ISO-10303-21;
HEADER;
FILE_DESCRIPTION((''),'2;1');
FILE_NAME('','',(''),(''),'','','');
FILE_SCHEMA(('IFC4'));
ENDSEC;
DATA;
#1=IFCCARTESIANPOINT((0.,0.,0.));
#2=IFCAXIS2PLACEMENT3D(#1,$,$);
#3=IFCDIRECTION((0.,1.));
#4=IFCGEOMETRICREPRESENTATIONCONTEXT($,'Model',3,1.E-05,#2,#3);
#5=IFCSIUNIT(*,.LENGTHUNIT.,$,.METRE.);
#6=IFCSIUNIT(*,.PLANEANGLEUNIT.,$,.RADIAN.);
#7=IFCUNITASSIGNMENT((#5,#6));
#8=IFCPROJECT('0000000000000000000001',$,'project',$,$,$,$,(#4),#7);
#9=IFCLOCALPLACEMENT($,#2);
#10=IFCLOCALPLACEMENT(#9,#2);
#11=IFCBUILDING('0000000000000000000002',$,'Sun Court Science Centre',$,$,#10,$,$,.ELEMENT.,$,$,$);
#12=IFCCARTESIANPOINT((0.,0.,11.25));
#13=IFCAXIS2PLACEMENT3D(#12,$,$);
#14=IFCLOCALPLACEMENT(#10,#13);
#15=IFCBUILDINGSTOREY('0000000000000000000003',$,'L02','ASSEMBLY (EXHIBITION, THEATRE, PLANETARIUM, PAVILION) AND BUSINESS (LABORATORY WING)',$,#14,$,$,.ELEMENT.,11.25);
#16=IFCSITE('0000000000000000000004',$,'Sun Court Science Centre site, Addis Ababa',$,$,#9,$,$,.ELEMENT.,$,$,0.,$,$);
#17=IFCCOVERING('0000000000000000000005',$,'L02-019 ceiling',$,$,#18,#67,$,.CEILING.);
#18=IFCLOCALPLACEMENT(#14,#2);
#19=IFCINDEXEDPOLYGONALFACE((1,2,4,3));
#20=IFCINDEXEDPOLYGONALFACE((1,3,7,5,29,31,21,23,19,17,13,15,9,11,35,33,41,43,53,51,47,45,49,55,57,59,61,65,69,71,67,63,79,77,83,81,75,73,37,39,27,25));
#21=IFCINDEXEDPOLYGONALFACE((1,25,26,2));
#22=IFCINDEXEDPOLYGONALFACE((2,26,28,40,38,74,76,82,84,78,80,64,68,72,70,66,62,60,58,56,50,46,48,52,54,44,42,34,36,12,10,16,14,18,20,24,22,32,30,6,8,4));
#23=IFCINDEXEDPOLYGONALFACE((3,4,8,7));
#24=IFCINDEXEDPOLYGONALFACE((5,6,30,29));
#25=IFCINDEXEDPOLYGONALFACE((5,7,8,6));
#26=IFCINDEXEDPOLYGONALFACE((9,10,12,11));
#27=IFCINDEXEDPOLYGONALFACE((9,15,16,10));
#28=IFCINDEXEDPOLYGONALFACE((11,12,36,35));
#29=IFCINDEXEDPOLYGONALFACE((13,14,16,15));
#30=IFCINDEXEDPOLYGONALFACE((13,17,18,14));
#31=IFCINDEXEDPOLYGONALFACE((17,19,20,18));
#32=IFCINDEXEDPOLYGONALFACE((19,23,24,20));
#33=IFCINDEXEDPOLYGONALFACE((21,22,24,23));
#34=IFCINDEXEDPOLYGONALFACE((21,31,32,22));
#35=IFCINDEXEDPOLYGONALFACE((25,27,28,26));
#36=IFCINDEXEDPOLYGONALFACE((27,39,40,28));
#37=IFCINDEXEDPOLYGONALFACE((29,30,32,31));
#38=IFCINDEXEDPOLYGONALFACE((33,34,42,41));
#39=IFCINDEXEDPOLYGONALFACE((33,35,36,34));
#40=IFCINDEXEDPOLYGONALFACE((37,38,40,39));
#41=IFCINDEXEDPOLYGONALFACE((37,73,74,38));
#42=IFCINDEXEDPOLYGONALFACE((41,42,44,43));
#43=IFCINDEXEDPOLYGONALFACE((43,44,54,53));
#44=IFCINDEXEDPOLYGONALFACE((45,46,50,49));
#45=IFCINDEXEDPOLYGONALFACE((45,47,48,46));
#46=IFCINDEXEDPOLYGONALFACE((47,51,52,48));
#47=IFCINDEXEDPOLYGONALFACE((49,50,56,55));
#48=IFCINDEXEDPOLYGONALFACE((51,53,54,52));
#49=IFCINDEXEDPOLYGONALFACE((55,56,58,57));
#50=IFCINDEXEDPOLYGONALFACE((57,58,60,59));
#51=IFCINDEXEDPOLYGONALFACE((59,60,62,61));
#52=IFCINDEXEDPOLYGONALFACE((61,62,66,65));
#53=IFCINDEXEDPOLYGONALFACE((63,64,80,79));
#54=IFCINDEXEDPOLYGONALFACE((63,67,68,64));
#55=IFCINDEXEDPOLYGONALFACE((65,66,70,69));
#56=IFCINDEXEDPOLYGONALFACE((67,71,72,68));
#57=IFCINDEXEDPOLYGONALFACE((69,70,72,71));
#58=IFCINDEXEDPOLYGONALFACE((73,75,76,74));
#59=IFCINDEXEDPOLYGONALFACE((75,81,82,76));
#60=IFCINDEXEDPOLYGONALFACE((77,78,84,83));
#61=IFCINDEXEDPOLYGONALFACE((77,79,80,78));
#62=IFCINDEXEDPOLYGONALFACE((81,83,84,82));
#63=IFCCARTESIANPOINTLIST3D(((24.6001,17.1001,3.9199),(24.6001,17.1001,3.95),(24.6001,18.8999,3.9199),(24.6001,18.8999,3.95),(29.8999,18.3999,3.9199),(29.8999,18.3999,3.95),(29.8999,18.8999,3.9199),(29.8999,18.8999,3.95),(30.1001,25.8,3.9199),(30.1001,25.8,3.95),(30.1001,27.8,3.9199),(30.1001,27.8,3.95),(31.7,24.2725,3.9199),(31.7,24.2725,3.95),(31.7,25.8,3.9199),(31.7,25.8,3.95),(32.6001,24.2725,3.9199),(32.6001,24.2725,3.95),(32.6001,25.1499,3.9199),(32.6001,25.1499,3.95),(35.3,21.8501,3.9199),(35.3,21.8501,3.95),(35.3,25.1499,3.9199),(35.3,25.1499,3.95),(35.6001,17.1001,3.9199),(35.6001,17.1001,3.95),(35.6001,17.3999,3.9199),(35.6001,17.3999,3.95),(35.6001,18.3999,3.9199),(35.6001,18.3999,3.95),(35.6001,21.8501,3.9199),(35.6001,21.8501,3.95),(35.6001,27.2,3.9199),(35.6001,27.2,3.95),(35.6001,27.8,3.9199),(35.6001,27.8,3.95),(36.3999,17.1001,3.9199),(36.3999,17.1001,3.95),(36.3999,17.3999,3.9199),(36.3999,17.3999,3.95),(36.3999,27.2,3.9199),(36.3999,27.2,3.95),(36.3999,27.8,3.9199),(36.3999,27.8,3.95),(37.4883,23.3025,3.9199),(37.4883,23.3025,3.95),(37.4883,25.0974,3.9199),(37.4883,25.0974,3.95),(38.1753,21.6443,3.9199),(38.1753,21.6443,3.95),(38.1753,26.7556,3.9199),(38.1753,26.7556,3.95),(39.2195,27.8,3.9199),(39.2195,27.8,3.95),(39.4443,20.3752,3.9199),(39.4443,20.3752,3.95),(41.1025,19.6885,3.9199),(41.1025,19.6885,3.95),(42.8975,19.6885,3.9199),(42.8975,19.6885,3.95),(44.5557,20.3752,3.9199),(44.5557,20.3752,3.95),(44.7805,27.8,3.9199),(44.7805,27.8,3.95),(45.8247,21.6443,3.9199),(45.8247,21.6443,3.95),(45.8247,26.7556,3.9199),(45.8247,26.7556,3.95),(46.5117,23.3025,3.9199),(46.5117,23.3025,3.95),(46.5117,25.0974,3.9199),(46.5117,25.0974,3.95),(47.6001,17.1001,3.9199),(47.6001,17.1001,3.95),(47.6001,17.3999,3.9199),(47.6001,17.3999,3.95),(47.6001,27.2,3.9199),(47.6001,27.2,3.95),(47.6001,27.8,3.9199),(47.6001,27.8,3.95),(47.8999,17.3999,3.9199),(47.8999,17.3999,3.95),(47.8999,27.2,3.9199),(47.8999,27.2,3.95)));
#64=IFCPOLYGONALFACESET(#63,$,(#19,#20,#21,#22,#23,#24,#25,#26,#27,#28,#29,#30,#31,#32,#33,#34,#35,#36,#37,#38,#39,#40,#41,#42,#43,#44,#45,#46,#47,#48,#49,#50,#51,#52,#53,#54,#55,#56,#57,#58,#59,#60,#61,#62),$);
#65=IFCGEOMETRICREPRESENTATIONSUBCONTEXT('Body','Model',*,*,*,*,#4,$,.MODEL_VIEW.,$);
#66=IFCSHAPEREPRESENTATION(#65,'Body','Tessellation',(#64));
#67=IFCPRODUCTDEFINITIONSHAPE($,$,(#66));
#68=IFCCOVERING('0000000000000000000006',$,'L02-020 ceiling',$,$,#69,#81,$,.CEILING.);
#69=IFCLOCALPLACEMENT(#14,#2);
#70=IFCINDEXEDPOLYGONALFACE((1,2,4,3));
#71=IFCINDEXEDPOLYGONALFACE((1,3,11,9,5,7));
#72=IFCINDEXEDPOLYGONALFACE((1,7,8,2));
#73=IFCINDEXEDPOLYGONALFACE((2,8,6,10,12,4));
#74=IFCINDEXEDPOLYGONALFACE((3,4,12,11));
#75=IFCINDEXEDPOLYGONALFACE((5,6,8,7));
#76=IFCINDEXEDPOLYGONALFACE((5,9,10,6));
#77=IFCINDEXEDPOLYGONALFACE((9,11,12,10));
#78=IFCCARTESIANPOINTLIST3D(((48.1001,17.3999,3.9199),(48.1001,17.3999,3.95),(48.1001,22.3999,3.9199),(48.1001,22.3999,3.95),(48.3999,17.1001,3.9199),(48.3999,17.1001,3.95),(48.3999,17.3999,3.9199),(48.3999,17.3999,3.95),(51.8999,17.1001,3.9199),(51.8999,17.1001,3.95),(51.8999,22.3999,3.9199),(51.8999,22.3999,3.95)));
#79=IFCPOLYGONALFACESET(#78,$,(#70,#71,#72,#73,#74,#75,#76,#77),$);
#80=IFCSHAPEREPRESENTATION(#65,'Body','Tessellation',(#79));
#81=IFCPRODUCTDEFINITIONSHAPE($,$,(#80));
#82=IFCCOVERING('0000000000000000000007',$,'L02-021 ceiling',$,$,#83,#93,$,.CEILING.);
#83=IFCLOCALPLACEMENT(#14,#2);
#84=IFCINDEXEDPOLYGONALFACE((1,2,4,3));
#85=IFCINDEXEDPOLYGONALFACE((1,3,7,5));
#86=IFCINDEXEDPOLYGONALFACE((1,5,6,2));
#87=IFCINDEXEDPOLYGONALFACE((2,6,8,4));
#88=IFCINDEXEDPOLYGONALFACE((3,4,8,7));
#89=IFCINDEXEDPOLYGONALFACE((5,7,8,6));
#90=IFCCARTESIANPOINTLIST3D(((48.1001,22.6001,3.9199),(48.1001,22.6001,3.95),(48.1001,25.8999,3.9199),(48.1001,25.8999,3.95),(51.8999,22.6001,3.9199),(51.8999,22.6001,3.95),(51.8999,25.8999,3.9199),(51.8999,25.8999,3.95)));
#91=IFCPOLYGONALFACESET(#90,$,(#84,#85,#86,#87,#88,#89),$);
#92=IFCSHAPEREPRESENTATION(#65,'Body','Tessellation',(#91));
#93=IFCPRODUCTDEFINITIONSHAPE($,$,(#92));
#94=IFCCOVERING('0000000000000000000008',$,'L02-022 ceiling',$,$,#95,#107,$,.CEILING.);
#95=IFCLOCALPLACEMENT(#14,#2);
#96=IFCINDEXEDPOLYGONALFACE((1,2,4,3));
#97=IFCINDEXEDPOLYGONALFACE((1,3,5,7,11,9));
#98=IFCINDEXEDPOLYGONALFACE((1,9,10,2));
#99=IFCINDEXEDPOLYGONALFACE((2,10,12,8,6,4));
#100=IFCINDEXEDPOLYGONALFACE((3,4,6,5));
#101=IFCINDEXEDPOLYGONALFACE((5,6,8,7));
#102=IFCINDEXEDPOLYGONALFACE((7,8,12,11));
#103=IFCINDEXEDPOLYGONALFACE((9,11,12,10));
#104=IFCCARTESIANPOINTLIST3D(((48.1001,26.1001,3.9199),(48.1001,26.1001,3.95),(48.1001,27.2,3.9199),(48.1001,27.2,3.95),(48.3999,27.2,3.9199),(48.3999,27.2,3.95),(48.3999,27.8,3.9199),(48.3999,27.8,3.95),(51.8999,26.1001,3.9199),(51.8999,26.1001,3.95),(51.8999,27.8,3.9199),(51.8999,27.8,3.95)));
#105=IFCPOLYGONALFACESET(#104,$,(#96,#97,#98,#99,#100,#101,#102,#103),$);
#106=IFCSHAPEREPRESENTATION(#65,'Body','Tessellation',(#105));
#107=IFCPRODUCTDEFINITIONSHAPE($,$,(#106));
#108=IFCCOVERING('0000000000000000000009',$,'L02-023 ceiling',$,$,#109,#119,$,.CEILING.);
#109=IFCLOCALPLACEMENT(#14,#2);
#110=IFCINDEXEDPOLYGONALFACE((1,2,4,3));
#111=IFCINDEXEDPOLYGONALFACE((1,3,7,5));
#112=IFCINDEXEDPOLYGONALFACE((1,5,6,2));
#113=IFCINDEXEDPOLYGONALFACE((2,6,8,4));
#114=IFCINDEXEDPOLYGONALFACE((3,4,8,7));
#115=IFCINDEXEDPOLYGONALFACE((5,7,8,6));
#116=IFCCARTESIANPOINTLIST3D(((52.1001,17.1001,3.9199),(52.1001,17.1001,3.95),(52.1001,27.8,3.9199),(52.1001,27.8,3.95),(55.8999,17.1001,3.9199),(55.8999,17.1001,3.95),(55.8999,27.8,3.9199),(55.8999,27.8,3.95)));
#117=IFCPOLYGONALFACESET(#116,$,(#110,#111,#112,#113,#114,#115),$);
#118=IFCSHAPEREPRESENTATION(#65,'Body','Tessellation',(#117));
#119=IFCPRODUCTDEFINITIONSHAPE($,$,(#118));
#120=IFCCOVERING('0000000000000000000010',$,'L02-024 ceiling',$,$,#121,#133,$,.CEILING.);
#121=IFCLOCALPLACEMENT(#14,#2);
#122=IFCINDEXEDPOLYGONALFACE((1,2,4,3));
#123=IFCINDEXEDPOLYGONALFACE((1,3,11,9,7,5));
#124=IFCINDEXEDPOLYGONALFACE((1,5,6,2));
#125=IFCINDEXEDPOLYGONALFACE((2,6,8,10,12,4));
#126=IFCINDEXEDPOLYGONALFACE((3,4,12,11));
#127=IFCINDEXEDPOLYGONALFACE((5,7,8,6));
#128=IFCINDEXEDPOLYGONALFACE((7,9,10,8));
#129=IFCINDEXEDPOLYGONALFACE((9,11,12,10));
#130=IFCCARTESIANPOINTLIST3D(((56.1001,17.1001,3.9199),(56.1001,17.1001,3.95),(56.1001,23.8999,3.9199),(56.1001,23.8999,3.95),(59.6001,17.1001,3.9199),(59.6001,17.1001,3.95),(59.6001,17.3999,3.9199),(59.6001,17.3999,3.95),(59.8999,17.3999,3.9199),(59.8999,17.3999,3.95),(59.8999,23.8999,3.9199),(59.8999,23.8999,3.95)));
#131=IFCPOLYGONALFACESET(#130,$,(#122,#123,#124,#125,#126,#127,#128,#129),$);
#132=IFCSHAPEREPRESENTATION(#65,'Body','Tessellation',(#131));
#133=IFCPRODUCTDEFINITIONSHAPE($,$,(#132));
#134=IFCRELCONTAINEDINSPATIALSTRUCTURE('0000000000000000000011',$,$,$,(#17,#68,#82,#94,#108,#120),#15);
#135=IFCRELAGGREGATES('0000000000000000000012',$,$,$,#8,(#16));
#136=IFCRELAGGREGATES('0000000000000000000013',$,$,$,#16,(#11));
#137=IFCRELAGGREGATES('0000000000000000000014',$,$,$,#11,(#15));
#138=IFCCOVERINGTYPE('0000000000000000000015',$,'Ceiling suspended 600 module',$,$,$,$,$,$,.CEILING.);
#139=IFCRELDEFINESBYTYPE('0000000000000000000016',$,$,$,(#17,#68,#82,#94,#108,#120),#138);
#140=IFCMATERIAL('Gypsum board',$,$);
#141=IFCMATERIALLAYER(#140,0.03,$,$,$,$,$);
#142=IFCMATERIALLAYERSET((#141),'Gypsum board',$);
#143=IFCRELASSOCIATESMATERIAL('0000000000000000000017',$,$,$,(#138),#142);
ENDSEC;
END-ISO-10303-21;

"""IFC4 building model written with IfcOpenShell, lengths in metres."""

from ifc_helpers import new_model, si_unit, direction, frame, origin, place, context, subcontext, project, spatial, polyline, outline, extrude, material, layer, layer_set, type_object, element, save


model = new_model("IFC4")

# Units and contexts
model_context = context("Model", 3, precision=1e-05, world=origin(), true_north=direction((0.0, 1.0)))
body_context = subcontext(model_context, "Body", "Model", "MODEL_VIEW")
ifc_project = project(units=[si_unit("LENGTHUNIT", "METRE"), si_unit("PLANEANGLEUNIT", "RADIAN")], contexts=[model_context])

# Site, building, storey
site_placement = place(None, origin())
site = spatial("IfcSite", under=ifc_project, at=site_placement, Name="Sun Court Science Centre site, Addis Ababa", CompositionType="ELEMENT", RefElevation=0.0)
building_placement = place(site_placement, origin())
building = spatial("IfcBuilding", under=site, at=building_placement, Name="Sun Court Science Centre", CompositionType="ELEMENT")
storey_placement = place(building_placement, frame((0.0, 0.0, 11.25)))
storey = spatial("IfcBuildingStorey", under=building, at=storey_placement, Name="L02", Description="ASSEMBLY (EXHIBITION, THEATRE, PLANETARIUM, PAVILION) AND BUSINESS (LABORATORY WING)", CompositionType="ELEMENT", Elevation=11.25)

# Coverings
ifc_material = material(Name="Gypsum board")
ifc_layer = layer(ifc_material, 0.03)
ifc_layer_set = layer_set([ifc_layer], Name="Gypsum board")
covering_type = type_object("IfcCoveringType", Name="Ceiling suspended 600 module", PredefinedType="CEILING", material=ifc_layer_set)
covering_1_placement = place(storey_placement, frame((0.0, 0.0, 3.9199)))
element("IfcCovering", 1, at=covering_1_placement, inside=storey, type_object=covering_type, Name="L02-019 ceiling", PredefinedType="CEILING", context=body_context, shape_type="SweptSolid", body=[
    extrude(outline(polyline([(39.2195, 27.8), (38.1753, 26.7556), (37.4883, 25.0974), (37.4883, 23.3025), (38.1753, 21.6443), (39.4443, 20.3752), (41.1025, 19.6885), (42.8975, 19.6885), (44.5557, 20.3752), (45.8247, 21.6443), (46.5117, 23.3025), (46.5117, 25.0974), (45.8247, 26.7556), (44.7805, 27.8), (47.6001, 27.8), (47.6001, 27.2), (47.8999, 27.2), (47.8999, 17.3999), (47.6001, 17.3999), (47.6001, 17.1001), (36.3999, 17.1001), (36.3999, 17.3999), (35.6001, 17.3999), (35.6001, 17.1001), (24.6001, 17.1001), (24.6001, 18.8999), (29.8999, 18.8999), (29.8999, 18.3999), (35.6001, 18.3999), (35.6001, 21.8501), (35.3, 21.8501), (35.3, 25.1499), (32.6001, 25.1499), (32.6001, 24.2725), (31.7, 24.2725), (31.7, 25.8), (30.1001, 25.8), (30.1001, 27.8), (35.6001, 27.8), (35.6001, 27.2), (36.3999, 27.2), (36.3999, 27.8), (39.2195, 27.8)])), origin(), (0.0, 0.0, 1.0), 0.03),
])
covering_2_placement = place(storey_placement, frame((0.0, 0.0, 3.9199)))
element("IfcCovering", 2, at=covering_2_placement, inside=storey, type_object=covering_type, Name="L02-020 ceiling", PredefinedType="CEILING", context=body_context, shape_type="SweptSolid", body=[
    extrude(outline(polyline([(48.1001, 17.3999), (48.1001, 22.3999), (51.8999, 22.3999), (51.8999, 17.1001), (48.3999, 17.1001), (48.3999, 17.3999), (48.1001, 17.3999)])), origin(), (0.0, 0.0, 1.0), 0.03),
])
covering_3_placement = place(storey_placement, frame((0.0, 0.0, 3.9199)))
element("IfcCovering", 3, at=covering_3_placement, inside=storey, type_object=covering_type, Name="L02-021 ceiling", PredefinedType="CEILING", context=body_context, shape_type="SweptSolid", body=[
    extrude(outline(polyline([(48.1001, 25.8999), (51.8999, 25.8999), (51.8999, 22.6001), (48.1001, 22.6001), (48.1001, 25.8999)])), origin(), (0.0, 0.0, 1.0), 0.03),
])
covering_4_placement = place(storey_placement, frame((0.0, 0.0, 3.9199)))
element("IfcCovering", 4, at=covering_4_placement, inside=storey, type_object=covering_type, Name="L02-022 ceiling", PredefinedType="CEILING", context=body_context, shape_type="SweptSolid", body=[
    extrude(outline(polyline([(51.8999, 27.8), (51.8999, 26.1001), (48.1001, 26.1001), (48.1001, 27.2), (48.3999, 27.2), (48.3999, 27.8), (51.8999, 27.8)])), origin(), (0.0, 0.0, 1.0), 0.03),
])
covering_5_placement = place(storey_placement, frame((0.0, 0.0, 3.9199)))
element("IfcCovering", 5, at=covering_5_placement, inside=storey, type_object=covering_type, Name="L02-023 ceiling", PredefinedType="CEILING", context=body_context, shape_type="SweptSolid", body=[
    extrude(outline(polyline([(55.8999, 27.8), (55.8999, 17.1001), (52.1001, 17.1001), (52.1001, 27.8), (55.8999, 27.8)])), origin(), (0.0, 0.0, 1.0), 0.03),
])
covering_6_placement = place(storey_placement, frame((0.0, 0.0, 3.9199)))
element("IfcCovering", 6, at=covering_6_placement, inside=storey, type_object=covering_type, Name="L02-024 ceiling", PredefinedType="CEILING", context=body_context, shape_type="SweptSolid", body=[
    extrude(outline(polyline([(56.1001, 17.1001), (56.1001, 23.8999), (59.8999, 23.8999), (59.8999, 17.3999), (59.6001, 17.3999), (59.6001, 17.1001), (56.1001, 17.1001)])), origin(), (0.0, 0.0, 1.0), 0.03),
])

save(model, "model.ifc")
